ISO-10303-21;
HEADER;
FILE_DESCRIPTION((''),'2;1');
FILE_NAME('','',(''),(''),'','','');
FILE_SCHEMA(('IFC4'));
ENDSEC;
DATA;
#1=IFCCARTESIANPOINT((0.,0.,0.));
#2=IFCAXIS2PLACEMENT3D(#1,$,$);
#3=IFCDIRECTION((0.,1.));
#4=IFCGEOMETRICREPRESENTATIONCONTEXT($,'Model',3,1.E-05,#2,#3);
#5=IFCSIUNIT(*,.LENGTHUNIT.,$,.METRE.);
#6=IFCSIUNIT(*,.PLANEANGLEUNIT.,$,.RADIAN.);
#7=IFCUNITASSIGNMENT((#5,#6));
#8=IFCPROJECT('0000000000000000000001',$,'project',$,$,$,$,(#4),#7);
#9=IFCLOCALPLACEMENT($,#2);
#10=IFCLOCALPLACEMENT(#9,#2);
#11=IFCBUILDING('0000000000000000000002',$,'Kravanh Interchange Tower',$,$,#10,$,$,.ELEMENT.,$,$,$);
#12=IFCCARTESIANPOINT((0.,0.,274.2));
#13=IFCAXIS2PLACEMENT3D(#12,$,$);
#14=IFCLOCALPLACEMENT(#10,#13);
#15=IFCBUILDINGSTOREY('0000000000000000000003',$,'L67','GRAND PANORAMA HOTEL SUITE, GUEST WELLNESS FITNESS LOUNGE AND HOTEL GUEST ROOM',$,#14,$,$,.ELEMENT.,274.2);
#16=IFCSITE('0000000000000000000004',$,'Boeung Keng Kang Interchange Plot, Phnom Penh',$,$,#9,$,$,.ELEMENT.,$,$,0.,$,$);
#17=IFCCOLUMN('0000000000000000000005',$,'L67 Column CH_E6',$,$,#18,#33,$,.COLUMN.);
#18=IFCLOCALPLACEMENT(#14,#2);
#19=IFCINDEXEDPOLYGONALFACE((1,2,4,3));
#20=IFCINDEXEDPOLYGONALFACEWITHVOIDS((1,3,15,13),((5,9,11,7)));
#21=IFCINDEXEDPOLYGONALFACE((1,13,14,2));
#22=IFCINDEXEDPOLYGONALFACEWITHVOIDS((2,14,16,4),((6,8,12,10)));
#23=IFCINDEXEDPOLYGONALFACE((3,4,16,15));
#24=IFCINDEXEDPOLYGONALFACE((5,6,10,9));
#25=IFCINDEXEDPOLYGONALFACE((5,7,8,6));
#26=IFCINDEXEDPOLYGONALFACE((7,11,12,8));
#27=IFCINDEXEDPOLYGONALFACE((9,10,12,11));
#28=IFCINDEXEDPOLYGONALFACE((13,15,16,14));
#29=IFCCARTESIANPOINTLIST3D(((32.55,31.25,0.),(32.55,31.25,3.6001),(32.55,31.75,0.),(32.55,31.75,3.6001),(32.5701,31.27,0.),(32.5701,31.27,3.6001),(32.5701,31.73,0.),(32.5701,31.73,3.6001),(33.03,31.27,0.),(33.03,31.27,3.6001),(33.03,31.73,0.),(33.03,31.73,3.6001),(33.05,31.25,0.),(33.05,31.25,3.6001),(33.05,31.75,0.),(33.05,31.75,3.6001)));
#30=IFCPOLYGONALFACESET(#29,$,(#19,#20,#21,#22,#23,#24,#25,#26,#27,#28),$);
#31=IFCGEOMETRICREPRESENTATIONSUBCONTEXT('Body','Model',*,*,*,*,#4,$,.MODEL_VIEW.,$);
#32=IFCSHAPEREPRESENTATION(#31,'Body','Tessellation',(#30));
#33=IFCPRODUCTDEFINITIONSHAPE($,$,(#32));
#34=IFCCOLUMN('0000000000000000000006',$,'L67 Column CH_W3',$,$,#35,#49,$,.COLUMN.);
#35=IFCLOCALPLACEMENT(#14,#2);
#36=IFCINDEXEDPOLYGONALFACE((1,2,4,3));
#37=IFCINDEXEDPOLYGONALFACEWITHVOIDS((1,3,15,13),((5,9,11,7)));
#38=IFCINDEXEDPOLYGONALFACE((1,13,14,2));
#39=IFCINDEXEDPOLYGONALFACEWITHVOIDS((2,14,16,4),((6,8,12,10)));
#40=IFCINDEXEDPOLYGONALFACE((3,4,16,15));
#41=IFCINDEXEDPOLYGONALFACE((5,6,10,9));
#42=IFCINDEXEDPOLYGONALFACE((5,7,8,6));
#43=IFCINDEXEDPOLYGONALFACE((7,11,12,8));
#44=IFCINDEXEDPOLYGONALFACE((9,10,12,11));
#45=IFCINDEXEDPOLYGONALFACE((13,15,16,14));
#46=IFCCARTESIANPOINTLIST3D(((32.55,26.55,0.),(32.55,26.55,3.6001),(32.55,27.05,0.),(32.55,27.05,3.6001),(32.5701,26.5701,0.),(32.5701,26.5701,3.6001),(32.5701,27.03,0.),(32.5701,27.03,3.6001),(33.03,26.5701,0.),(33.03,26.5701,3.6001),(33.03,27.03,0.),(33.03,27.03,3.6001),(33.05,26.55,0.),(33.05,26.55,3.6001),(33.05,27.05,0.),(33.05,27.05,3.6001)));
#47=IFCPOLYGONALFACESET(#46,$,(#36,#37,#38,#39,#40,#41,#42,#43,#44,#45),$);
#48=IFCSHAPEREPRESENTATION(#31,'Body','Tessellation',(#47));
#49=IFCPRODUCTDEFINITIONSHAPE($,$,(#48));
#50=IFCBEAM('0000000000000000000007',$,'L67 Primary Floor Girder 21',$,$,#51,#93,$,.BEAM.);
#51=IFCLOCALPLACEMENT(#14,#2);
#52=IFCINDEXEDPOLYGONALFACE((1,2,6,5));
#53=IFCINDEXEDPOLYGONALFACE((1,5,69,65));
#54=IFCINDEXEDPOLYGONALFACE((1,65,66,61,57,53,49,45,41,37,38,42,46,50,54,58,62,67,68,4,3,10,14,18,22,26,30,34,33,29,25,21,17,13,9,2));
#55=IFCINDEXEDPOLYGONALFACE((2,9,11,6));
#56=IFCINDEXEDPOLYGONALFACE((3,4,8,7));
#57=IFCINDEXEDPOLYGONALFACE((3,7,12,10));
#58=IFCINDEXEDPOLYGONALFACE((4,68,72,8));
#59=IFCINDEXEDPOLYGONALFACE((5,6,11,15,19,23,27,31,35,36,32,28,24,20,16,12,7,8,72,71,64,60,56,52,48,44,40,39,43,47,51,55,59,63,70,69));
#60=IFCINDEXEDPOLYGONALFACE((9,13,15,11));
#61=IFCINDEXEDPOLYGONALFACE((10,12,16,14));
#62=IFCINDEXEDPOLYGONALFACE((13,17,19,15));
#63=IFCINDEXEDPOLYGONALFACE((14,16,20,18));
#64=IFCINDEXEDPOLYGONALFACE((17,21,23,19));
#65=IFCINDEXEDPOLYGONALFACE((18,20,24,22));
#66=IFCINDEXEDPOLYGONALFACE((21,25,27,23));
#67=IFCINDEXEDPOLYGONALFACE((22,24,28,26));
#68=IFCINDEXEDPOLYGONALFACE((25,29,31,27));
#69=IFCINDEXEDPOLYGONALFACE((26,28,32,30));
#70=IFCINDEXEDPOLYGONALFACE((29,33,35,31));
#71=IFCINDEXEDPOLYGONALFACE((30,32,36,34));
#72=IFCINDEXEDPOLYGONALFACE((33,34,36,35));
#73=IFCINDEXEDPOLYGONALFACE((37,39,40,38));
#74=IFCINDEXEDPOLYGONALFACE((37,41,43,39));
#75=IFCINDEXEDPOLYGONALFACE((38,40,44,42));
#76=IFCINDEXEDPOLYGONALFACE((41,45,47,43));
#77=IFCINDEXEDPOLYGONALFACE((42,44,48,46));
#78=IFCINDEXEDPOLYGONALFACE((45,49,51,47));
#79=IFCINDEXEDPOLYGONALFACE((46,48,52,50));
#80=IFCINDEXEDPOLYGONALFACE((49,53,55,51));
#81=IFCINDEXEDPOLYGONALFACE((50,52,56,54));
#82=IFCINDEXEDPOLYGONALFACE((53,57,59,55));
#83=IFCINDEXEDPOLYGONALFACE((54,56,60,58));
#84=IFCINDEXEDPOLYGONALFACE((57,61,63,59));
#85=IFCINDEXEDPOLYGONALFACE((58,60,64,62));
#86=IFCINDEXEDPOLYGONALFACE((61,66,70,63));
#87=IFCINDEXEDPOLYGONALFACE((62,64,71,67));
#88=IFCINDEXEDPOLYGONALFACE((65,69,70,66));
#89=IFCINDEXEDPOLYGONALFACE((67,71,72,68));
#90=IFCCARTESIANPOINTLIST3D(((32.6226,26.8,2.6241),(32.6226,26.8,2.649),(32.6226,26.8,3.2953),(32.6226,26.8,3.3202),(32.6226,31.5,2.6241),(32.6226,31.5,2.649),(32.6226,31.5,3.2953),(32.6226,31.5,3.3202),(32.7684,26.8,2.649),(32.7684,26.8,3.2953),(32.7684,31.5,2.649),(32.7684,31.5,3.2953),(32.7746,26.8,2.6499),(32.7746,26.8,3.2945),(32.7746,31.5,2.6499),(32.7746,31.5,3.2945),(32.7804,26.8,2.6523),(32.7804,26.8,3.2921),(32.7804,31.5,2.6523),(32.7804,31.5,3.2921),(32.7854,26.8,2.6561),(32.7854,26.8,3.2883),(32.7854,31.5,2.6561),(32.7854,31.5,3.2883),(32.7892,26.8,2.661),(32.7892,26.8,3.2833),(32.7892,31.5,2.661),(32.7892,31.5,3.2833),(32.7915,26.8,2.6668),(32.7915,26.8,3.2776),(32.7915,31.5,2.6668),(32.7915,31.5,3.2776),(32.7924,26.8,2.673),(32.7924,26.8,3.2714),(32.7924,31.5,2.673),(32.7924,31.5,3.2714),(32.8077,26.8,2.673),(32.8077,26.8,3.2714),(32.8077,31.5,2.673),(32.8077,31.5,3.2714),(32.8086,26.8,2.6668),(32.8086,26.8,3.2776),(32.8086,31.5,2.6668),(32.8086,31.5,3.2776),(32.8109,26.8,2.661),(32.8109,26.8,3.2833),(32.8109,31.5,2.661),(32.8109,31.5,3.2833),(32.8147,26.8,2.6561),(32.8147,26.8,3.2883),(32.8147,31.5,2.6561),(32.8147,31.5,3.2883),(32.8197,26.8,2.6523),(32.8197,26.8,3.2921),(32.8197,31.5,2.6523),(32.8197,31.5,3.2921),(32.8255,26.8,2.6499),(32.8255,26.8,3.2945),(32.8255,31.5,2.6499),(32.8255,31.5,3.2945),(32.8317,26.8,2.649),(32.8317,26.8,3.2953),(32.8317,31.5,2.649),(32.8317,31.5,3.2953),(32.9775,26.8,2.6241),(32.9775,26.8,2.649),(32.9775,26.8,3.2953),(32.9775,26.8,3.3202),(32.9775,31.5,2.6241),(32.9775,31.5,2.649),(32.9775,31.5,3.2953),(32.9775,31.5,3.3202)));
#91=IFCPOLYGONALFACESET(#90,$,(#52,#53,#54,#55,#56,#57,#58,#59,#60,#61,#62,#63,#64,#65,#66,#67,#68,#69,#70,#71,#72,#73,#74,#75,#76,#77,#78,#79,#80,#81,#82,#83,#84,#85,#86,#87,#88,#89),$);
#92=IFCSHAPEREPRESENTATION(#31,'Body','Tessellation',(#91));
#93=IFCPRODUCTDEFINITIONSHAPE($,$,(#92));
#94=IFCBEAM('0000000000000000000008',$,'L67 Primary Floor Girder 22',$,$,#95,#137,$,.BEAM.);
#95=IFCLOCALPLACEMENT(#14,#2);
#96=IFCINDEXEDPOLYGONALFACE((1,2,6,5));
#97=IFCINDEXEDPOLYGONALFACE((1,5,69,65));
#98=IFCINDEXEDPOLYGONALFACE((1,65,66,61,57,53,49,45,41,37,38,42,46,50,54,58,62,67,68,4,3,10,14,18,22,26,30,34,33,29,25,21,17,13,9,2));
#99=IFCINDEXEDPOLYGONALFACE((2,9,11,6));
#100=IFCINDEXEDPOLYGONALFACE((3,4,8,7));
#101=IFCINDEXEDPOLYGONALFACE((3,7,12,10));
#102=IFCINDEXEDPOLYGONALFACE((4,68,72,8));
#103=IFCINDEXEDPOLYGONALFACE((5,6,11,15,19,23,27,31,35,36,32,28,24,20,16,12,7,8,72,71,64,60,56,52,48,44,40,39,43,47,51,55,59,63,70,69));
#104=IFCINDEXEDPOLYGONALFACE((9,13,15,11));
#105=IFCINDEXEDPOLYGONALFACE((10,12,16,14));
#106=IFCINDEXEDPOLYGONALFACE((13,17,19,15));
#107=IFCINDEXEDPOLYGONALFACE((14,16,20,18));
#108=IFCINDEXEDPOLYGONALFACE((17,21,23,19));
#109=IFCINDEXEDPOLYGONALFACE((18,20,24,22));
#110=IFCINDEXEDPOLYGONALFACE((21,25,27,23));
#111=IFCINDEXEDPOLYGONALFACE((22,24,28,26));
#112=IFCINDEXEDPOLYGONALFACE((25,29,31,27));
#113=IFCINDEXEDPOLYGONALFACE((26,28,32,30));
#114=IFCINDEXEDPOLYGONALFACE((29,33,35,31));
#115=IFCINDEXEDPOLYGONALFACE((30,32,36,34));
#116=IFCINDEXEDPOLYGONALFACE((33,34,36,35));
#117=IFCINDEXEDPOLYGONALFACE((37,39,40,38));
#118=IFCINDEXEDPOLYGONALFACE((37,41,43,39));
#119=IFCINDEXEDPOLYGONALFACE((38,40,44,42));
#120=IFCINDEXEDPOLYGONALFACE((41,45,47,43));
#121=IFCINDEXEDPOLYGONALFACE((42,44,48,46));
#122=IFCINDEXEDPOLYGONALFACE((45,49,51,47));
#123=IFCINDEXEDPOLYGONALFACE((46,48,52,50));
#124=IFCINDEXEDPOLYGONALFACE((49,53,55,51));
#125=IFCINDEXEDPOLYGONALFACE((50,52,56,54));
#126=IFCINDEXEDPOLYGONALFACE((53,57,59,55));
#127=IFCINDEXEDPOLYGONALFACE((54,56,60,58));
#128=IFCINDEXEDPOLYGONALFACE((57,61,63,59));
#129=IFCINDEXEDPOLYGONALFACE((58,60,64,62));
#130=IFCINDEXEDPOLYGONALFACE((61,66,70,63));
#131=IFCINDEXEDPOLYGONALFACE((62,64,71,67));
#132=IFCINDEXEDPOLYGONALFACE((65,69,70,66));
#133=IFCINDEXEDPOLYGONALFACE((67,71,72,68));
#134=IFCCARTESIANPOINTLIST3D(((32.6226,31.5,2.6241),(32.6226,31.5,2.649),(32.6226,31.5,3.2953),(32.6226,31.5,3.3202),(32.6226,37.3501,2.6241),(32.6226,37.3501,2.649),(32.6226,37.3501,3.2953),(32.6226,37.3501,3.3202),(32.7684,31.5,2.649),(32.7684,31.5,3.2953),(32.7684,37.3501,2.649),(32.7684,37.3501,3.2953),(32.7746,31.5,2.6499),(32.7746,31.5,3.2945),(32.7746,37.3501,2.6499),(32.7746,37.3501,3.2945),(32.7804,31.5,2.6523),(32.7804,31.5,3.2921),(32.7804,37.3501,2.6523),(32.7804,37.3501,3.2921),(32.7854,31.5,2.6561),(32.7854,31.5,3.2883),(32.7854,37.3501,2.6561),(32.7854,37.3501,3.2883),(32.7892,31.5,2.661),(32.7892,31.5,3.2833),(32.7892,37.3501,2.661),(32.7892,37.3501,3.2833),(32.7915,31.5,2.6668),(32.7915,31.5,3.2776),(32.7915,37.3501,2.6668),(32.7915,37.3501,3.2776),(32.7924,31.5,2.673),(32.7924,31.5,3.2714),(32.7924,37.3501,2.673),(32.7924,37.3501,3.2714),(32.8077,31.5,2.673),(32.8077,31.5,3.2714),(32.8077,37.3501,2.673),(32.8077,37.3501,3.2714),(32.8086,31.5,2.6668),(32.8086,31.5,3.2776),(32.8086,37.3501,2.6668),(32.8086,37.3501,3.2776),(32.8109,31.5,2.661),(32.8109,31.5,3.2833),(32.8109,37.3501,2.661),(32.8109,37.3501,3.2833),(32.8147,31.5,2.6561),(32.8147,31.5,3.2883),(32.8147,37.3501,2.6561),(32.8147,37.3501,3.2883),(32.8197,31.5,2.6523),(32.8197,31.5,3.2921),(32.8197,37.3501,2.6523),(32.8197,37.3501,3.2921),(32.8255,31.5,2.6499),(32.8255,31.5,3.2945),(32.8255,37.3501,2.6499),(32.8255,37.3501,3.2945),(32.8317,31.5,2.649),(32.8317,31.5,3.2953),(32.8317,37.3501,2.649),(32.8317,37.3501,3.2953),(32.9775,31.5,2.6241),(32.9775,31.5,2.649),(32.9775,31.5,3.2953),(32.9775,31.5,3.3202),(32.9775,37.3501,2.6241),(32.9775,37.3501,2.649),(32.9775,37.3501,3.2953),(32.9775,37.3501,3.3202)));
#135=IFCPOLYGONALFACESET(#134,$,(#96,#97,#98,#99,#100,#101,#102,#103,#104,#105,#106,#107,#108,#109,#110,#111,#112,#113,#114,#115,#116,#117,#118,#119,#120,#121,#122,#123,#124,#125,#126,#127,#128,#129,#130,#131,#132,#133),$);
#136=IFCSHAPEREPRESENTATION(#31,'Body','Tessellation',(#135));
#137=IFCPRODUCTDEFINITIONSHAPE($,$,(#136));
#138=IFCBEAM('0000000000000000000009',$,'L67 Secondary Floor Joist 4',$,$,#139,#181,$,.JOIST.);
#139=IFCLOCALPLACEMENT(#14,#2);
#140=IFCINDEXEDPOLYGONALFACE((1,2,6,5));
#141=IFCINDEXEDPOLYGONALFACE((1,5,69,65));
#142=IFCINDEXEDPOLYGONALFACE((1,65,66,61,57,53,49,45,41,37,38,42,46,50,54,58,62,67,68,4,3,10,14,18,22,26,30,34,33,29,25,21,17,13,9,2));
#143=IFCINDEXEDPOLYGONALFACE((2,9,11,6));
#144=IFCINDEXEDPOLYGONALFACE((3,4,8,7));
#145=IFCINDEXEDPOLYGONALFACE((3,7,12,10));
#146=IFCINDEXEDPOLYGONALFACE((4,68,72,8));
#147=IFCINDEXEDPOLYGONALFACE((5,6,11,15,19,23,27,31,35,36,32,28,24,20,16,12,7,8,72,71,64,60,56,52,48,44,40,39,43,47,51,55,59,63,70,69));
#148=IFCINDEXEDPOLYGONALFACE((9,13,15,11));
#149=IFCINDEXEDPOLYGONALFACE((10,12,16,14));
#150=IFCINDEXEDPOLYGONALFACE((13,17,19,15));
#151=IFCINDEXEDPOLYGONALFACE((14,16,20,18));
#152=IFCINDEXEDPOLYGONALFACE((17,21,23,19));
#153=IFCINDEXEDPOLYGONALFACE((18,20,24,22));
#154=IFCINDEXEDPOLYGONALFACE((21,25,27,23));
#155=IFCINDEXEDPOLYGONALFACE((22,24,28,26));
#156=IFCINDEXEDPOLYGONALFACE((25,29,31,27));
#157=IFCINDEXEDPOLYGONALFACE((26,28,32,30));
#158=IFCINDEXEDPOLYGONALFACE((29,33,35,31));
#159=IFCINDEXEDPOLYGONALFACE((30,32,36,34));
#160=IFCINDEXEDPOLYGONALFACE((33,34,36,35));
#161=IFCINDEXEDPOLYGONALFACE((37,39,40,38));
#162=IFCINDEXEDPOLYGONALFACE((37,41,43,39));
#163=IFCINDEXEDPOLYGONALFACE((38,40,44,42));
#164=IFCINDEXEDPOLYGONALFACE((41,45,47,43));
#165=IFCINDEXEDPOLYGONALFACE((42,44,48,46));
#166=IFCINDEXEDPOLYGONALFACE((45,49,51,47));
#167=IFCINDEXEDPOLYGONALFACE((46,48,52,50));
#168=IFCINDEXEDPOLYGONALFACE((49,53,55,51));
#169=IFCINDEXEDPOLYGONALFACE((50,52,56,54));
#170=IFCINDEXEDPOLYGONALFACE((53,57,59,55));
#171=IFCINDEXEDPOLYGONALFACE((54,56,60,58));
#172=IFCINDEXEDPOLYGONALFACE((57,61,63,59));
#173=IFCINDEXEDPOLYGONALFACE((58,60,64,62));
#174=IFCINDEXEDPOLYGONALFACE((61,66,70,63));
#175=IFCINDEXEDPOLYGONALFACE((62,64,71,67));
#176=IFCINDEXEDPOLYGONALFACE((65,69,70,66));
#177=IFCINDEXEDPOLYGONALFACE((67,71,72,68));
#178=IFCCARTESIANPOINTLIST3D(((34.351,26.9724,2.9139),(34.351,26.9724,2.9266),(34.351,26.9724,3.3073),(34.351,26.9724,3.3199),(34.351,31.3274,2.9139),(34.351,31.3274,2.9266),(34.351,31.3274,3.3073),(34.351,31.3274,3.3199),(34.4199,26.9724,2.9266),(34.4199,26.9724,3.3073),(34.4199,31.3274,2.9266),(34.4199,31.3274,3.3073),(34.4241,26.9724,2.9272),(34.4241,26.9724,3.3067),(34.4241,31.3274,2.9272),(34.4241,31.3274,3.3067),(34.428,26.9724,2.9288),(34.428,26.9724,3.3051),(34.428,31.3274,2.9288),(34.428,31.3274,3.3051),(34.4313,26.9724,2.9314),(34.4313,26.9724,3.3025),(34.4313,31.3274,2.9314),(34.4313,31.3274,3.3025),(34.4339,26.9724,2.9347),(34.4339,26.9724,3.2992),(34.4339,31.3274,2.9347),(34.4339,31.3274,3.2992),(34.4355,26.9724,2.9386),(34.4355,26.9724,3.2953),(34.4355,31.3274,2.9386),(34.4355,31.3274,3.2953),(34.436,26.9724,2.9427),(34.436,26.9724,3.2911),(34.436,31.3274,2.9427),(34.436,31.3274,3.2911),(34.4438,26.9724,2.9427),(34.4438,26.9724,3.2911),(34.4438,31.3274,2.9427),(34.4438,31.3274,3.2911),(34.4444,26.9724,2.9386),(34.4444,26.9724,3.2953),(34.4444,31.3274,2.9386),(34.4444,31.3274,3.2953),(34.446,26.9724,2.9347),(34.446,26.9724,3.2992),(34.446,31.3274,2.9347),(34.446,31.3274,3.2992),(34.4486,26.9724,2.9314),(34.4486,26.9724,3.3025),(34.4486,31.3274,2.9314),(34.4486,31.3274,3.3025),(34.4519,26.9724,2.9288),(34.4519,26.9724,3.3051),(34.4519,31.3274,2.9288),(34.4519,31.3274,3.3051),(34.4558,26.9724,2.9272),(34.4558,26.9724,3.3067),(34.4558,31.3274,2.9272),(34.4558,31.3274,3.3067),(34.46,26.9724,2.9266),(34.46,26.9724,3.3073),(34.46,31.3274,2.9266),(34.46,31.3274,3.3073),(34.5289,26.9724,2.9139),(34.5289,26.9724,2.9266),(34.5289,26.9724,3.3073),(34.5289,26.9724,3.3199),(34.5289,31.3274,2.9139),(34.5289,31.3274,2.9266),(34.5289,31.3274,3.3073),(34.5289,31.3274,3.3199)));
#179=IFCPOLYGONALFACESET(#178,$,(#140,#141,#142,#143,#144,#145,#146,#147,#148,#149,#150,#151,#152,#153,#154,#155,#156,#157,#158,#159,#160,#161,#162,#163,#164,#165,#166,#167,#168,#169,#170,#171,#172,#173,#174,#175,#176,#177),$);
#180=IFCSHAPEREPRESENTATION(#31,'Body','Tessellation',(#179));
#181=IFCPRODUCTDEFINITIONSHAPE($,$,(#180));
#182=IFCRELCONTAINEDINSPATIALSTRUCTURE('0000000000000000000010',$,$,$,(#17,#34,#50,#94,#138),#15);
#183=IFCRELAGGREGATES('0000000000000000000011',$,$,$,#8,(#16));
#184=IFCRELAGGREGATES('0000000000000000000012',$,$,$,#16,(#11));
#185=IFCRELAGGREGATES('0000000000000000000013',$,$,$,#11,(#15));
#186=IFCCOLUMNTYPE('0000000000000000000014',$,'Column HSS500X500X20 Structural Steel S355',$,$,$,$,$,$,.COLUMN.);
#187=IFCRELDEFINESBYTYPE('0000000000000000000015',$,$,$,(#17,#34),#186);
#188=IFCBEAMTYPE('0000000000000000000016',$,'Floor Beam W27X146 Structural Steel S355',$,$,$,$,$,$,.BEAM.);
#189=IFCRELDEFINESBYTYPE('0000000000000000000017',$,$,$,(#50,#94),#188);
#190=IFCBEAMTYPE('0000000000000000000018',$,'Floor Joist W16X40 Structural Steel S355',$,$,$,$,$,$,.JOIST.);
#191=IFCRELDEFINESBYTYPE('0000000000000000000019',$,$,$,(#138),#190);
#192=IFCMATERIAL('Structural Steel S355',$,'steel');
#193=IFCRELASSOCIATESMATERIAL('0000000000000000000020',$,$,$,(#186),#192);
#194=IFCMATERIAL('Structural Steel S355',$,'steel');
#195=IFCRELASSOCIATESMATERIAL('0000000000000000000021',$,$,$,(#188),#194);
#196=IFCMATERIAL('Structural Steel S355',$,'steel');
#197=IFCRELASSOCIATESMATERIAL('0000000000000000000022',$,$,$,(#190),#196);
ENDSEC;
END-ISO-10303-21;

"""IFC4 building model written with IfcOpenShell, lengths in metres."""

from ifc_helpers import new_model, si_unit, direction, frame, origin, origin_2d, place, context, subcontext, project, spatial, hollow_rectangle, i_section, extrude, material, material_profile, profile_set, type_object, element, save


model = new_model("IFC4")

# Units and contexts
model_context = context("Model", 3, precision=1e-05, world=origin(), true_north=direction((0.0, 1.0)))
body_context = subcontext(model_context, "Body", "Model", "MODEL_VIEW")
ifc_project = project(units=[si_unit("LENGTHUNIT", "METRE"), si_unit("PLANEANGLEUNIT", "RADIAN")], contexts=[model_context])

# Site, building, storey
site_placement = place(None, origin())
site = spatial("IfcSite", under=ifc_project, at=site_placement, Name="Boeung Keng Kang Interchange Plot, Phnom Penh", CompositionType="ELEMENT", RefElevation=0.0)
building_placement = place(site_placement, origin())
building = spatial("IfcBuilding", under=site, at=building_placement, Name="Kravanh Interchange Tower", CompositionType="ELEMENT")
storey_placement = place(building_placement, frame((0.0, 0.0, 274.2)))
storey = spatial("IfcBuildingStorey", under=building, at=storey_placement, Name="L67", Description="GRAND PANORAMA HOTEL SUITE, GUEST WELLNESS FITNESS LOUNGE AND HOTEL GUEST ROOM", CompositionType="ELEMENT", Elevation=274.2)

# Columns
ifc_material_1 = material(Name="Structural Steel S355", Category="steel")
ifc_material_profile_1 = material_profile(ifc_material_1, hollow_rectangle(XDim=0.5, YDim=0.5, WallThickness=0.02, at=origin_2d()), Name="HSS500X500X20")
ifc_profile_set_1 = profile_set([ifc_material_profile_1], Name="Structural Steel S355")
column_type = type_object("IfcColumnType", Name="Column HSS500X500X20 Structural Steel S355", PredefinedType="COLUMN", material=ifc_profile_set_1)
for number, where, z_axis, x_axis, name in (
    (1, (32.8, 31.5, 0.0), (0.0, 0.0, 1.0), (1.0, 0.0, 0.0), "L67 Column CH_E6"),
    (2, (32.8, 26.8, 0.0), (0.0, 0.0, 1.0), (1.0, 0.0, 0.0), "L67 Column CH_W3"),
):
    element("IfcColumn", number, at=place(storey_placement, frame(where, z_axis=z_axis, x_axis=x_axis)), inside=storey, type_object=column_type, Name=name, PredefinedType="COLUMN", context=body_context, shape_type="SweptSolid", body=[
        extrude(hollow_rectangle(XDim=0.5, YDim=0.5, WallThickness=0.02, at=origin_2d()), origin(), (0.0, 0.0, 1.0), 3.6001),
    ])

# Beams
ifc_material_2 = material(Name="Structural Steel S355", Category="steel")
ifc_material_profile_2 = material_profile(ifc_material_2, i_section(OverallWidth=0.355, OverallDepth=0.696, WebThickness=0.0154, FlangeThickness=0.0249, FilletRadius=0.0239, at=origin_2d()), Name="W27X146")
ifc_profile_set_2 = profile_set([ifc_material_profile_2], Name="Structural Steel S355")
beam_type_1 = type_object("IfcBeamType", Name="Floor Beam W27X146 Structural Steel S355", PredefinedType="BEAM", material=ifc_profile_set_2)
beam_1_placement = place(storey_placement, frame((32.8, 31.5, 2.9722), z_axis=(0.0, -1.0, 0.0), x_axis=(1.0, 0.0, 0.0)))
element("IfcBeam", 3, at=beam_1_placement, inside=storey, type_object=beam_type_1, Name="L67 Primary Floor Girder 21", PredefinedType="BEAM", context=body_context, shape_type="SweptSolid", body=[
    extrude(i_section(OverallWidth=0.355, OverallDepth=0.696, WebThickness=0.0154, FlangeThickness=0.0249, FilletRadius=0.0239, at=origin_2d()), origin(), (0.0, 0.0, 1.0), 4.7),
])
beam_2_placement = place(storey_placement, frame((32.8, 31.5, 2.9722), z_axis=(0.0, 1.0, 0.0), x_axis=(-1.0, 0.0, 0.0)))
element("IfcBeam", 4, at=beam_2_placement, inside=storey, type_object=beam_type_1, Name="L67 Primary Floor Girder 22", PredefinedType="BEAM", context=body_context, shape_type="SweptSolid", body=[
    extrude(i_section(OverallWidth=0.355, OverallDepth=0.696, WebThickness=0.0154, FlangeThickness=0.0249, FilletRadius=0.0239, at=origin_2d()), origin(), (0.0, 0.0, 1.0), 5.8501),
])
ifc_material_3 = material(Name="Structural Steel S355", Category="steel")
ifc_material_profile_3 = material_profile(ifc_material_3, i_section(OverallWidth=0.178, OverallDepth=0.406, WebThickness=0.0078, FlangeThickness=0.0127, FilletRadius=0.0161, at=origin_2d()), Name="W16X40")
ifc_profile_set_3 = profile_set([ifc_material_profile_3], Name="Structural Steel S355")
beam_type_2 = type_object("IfcBeamType", Name="Floor Joist W16X40 Structural Steel S355", PredefinedType="JOIST", material=ifc_profile_set_3)
for number, where, z_axis, x_axis, name in (
    (5, (34.4399, 26.9724, 3.1169), (0.0, 1.0, 0.0), (-1.0, 0.0, 0.0), "L67 Secondary Floor Joist 4"),
):
    element("IfcBeam", number, at=place(storey_placement, frame(where, z_axis=z_axis, x_axis=x_axis)), inside=storey, type_object=beam_type_2, Name=name, PredefinedType="JOIST", context=body_context, shape_type="SweptSolid", body=[
        extrude(i_section(OverallWidth=0.178, OverallDepth=0.406, WebThickness=0.0078, FlangeThickness=0.0127, FilletRadius=0.0161, at=origin_2d()), origin(), (0.0, 0.0, 1.0), 4.355),
    ])

save(model, "model.ifc")
